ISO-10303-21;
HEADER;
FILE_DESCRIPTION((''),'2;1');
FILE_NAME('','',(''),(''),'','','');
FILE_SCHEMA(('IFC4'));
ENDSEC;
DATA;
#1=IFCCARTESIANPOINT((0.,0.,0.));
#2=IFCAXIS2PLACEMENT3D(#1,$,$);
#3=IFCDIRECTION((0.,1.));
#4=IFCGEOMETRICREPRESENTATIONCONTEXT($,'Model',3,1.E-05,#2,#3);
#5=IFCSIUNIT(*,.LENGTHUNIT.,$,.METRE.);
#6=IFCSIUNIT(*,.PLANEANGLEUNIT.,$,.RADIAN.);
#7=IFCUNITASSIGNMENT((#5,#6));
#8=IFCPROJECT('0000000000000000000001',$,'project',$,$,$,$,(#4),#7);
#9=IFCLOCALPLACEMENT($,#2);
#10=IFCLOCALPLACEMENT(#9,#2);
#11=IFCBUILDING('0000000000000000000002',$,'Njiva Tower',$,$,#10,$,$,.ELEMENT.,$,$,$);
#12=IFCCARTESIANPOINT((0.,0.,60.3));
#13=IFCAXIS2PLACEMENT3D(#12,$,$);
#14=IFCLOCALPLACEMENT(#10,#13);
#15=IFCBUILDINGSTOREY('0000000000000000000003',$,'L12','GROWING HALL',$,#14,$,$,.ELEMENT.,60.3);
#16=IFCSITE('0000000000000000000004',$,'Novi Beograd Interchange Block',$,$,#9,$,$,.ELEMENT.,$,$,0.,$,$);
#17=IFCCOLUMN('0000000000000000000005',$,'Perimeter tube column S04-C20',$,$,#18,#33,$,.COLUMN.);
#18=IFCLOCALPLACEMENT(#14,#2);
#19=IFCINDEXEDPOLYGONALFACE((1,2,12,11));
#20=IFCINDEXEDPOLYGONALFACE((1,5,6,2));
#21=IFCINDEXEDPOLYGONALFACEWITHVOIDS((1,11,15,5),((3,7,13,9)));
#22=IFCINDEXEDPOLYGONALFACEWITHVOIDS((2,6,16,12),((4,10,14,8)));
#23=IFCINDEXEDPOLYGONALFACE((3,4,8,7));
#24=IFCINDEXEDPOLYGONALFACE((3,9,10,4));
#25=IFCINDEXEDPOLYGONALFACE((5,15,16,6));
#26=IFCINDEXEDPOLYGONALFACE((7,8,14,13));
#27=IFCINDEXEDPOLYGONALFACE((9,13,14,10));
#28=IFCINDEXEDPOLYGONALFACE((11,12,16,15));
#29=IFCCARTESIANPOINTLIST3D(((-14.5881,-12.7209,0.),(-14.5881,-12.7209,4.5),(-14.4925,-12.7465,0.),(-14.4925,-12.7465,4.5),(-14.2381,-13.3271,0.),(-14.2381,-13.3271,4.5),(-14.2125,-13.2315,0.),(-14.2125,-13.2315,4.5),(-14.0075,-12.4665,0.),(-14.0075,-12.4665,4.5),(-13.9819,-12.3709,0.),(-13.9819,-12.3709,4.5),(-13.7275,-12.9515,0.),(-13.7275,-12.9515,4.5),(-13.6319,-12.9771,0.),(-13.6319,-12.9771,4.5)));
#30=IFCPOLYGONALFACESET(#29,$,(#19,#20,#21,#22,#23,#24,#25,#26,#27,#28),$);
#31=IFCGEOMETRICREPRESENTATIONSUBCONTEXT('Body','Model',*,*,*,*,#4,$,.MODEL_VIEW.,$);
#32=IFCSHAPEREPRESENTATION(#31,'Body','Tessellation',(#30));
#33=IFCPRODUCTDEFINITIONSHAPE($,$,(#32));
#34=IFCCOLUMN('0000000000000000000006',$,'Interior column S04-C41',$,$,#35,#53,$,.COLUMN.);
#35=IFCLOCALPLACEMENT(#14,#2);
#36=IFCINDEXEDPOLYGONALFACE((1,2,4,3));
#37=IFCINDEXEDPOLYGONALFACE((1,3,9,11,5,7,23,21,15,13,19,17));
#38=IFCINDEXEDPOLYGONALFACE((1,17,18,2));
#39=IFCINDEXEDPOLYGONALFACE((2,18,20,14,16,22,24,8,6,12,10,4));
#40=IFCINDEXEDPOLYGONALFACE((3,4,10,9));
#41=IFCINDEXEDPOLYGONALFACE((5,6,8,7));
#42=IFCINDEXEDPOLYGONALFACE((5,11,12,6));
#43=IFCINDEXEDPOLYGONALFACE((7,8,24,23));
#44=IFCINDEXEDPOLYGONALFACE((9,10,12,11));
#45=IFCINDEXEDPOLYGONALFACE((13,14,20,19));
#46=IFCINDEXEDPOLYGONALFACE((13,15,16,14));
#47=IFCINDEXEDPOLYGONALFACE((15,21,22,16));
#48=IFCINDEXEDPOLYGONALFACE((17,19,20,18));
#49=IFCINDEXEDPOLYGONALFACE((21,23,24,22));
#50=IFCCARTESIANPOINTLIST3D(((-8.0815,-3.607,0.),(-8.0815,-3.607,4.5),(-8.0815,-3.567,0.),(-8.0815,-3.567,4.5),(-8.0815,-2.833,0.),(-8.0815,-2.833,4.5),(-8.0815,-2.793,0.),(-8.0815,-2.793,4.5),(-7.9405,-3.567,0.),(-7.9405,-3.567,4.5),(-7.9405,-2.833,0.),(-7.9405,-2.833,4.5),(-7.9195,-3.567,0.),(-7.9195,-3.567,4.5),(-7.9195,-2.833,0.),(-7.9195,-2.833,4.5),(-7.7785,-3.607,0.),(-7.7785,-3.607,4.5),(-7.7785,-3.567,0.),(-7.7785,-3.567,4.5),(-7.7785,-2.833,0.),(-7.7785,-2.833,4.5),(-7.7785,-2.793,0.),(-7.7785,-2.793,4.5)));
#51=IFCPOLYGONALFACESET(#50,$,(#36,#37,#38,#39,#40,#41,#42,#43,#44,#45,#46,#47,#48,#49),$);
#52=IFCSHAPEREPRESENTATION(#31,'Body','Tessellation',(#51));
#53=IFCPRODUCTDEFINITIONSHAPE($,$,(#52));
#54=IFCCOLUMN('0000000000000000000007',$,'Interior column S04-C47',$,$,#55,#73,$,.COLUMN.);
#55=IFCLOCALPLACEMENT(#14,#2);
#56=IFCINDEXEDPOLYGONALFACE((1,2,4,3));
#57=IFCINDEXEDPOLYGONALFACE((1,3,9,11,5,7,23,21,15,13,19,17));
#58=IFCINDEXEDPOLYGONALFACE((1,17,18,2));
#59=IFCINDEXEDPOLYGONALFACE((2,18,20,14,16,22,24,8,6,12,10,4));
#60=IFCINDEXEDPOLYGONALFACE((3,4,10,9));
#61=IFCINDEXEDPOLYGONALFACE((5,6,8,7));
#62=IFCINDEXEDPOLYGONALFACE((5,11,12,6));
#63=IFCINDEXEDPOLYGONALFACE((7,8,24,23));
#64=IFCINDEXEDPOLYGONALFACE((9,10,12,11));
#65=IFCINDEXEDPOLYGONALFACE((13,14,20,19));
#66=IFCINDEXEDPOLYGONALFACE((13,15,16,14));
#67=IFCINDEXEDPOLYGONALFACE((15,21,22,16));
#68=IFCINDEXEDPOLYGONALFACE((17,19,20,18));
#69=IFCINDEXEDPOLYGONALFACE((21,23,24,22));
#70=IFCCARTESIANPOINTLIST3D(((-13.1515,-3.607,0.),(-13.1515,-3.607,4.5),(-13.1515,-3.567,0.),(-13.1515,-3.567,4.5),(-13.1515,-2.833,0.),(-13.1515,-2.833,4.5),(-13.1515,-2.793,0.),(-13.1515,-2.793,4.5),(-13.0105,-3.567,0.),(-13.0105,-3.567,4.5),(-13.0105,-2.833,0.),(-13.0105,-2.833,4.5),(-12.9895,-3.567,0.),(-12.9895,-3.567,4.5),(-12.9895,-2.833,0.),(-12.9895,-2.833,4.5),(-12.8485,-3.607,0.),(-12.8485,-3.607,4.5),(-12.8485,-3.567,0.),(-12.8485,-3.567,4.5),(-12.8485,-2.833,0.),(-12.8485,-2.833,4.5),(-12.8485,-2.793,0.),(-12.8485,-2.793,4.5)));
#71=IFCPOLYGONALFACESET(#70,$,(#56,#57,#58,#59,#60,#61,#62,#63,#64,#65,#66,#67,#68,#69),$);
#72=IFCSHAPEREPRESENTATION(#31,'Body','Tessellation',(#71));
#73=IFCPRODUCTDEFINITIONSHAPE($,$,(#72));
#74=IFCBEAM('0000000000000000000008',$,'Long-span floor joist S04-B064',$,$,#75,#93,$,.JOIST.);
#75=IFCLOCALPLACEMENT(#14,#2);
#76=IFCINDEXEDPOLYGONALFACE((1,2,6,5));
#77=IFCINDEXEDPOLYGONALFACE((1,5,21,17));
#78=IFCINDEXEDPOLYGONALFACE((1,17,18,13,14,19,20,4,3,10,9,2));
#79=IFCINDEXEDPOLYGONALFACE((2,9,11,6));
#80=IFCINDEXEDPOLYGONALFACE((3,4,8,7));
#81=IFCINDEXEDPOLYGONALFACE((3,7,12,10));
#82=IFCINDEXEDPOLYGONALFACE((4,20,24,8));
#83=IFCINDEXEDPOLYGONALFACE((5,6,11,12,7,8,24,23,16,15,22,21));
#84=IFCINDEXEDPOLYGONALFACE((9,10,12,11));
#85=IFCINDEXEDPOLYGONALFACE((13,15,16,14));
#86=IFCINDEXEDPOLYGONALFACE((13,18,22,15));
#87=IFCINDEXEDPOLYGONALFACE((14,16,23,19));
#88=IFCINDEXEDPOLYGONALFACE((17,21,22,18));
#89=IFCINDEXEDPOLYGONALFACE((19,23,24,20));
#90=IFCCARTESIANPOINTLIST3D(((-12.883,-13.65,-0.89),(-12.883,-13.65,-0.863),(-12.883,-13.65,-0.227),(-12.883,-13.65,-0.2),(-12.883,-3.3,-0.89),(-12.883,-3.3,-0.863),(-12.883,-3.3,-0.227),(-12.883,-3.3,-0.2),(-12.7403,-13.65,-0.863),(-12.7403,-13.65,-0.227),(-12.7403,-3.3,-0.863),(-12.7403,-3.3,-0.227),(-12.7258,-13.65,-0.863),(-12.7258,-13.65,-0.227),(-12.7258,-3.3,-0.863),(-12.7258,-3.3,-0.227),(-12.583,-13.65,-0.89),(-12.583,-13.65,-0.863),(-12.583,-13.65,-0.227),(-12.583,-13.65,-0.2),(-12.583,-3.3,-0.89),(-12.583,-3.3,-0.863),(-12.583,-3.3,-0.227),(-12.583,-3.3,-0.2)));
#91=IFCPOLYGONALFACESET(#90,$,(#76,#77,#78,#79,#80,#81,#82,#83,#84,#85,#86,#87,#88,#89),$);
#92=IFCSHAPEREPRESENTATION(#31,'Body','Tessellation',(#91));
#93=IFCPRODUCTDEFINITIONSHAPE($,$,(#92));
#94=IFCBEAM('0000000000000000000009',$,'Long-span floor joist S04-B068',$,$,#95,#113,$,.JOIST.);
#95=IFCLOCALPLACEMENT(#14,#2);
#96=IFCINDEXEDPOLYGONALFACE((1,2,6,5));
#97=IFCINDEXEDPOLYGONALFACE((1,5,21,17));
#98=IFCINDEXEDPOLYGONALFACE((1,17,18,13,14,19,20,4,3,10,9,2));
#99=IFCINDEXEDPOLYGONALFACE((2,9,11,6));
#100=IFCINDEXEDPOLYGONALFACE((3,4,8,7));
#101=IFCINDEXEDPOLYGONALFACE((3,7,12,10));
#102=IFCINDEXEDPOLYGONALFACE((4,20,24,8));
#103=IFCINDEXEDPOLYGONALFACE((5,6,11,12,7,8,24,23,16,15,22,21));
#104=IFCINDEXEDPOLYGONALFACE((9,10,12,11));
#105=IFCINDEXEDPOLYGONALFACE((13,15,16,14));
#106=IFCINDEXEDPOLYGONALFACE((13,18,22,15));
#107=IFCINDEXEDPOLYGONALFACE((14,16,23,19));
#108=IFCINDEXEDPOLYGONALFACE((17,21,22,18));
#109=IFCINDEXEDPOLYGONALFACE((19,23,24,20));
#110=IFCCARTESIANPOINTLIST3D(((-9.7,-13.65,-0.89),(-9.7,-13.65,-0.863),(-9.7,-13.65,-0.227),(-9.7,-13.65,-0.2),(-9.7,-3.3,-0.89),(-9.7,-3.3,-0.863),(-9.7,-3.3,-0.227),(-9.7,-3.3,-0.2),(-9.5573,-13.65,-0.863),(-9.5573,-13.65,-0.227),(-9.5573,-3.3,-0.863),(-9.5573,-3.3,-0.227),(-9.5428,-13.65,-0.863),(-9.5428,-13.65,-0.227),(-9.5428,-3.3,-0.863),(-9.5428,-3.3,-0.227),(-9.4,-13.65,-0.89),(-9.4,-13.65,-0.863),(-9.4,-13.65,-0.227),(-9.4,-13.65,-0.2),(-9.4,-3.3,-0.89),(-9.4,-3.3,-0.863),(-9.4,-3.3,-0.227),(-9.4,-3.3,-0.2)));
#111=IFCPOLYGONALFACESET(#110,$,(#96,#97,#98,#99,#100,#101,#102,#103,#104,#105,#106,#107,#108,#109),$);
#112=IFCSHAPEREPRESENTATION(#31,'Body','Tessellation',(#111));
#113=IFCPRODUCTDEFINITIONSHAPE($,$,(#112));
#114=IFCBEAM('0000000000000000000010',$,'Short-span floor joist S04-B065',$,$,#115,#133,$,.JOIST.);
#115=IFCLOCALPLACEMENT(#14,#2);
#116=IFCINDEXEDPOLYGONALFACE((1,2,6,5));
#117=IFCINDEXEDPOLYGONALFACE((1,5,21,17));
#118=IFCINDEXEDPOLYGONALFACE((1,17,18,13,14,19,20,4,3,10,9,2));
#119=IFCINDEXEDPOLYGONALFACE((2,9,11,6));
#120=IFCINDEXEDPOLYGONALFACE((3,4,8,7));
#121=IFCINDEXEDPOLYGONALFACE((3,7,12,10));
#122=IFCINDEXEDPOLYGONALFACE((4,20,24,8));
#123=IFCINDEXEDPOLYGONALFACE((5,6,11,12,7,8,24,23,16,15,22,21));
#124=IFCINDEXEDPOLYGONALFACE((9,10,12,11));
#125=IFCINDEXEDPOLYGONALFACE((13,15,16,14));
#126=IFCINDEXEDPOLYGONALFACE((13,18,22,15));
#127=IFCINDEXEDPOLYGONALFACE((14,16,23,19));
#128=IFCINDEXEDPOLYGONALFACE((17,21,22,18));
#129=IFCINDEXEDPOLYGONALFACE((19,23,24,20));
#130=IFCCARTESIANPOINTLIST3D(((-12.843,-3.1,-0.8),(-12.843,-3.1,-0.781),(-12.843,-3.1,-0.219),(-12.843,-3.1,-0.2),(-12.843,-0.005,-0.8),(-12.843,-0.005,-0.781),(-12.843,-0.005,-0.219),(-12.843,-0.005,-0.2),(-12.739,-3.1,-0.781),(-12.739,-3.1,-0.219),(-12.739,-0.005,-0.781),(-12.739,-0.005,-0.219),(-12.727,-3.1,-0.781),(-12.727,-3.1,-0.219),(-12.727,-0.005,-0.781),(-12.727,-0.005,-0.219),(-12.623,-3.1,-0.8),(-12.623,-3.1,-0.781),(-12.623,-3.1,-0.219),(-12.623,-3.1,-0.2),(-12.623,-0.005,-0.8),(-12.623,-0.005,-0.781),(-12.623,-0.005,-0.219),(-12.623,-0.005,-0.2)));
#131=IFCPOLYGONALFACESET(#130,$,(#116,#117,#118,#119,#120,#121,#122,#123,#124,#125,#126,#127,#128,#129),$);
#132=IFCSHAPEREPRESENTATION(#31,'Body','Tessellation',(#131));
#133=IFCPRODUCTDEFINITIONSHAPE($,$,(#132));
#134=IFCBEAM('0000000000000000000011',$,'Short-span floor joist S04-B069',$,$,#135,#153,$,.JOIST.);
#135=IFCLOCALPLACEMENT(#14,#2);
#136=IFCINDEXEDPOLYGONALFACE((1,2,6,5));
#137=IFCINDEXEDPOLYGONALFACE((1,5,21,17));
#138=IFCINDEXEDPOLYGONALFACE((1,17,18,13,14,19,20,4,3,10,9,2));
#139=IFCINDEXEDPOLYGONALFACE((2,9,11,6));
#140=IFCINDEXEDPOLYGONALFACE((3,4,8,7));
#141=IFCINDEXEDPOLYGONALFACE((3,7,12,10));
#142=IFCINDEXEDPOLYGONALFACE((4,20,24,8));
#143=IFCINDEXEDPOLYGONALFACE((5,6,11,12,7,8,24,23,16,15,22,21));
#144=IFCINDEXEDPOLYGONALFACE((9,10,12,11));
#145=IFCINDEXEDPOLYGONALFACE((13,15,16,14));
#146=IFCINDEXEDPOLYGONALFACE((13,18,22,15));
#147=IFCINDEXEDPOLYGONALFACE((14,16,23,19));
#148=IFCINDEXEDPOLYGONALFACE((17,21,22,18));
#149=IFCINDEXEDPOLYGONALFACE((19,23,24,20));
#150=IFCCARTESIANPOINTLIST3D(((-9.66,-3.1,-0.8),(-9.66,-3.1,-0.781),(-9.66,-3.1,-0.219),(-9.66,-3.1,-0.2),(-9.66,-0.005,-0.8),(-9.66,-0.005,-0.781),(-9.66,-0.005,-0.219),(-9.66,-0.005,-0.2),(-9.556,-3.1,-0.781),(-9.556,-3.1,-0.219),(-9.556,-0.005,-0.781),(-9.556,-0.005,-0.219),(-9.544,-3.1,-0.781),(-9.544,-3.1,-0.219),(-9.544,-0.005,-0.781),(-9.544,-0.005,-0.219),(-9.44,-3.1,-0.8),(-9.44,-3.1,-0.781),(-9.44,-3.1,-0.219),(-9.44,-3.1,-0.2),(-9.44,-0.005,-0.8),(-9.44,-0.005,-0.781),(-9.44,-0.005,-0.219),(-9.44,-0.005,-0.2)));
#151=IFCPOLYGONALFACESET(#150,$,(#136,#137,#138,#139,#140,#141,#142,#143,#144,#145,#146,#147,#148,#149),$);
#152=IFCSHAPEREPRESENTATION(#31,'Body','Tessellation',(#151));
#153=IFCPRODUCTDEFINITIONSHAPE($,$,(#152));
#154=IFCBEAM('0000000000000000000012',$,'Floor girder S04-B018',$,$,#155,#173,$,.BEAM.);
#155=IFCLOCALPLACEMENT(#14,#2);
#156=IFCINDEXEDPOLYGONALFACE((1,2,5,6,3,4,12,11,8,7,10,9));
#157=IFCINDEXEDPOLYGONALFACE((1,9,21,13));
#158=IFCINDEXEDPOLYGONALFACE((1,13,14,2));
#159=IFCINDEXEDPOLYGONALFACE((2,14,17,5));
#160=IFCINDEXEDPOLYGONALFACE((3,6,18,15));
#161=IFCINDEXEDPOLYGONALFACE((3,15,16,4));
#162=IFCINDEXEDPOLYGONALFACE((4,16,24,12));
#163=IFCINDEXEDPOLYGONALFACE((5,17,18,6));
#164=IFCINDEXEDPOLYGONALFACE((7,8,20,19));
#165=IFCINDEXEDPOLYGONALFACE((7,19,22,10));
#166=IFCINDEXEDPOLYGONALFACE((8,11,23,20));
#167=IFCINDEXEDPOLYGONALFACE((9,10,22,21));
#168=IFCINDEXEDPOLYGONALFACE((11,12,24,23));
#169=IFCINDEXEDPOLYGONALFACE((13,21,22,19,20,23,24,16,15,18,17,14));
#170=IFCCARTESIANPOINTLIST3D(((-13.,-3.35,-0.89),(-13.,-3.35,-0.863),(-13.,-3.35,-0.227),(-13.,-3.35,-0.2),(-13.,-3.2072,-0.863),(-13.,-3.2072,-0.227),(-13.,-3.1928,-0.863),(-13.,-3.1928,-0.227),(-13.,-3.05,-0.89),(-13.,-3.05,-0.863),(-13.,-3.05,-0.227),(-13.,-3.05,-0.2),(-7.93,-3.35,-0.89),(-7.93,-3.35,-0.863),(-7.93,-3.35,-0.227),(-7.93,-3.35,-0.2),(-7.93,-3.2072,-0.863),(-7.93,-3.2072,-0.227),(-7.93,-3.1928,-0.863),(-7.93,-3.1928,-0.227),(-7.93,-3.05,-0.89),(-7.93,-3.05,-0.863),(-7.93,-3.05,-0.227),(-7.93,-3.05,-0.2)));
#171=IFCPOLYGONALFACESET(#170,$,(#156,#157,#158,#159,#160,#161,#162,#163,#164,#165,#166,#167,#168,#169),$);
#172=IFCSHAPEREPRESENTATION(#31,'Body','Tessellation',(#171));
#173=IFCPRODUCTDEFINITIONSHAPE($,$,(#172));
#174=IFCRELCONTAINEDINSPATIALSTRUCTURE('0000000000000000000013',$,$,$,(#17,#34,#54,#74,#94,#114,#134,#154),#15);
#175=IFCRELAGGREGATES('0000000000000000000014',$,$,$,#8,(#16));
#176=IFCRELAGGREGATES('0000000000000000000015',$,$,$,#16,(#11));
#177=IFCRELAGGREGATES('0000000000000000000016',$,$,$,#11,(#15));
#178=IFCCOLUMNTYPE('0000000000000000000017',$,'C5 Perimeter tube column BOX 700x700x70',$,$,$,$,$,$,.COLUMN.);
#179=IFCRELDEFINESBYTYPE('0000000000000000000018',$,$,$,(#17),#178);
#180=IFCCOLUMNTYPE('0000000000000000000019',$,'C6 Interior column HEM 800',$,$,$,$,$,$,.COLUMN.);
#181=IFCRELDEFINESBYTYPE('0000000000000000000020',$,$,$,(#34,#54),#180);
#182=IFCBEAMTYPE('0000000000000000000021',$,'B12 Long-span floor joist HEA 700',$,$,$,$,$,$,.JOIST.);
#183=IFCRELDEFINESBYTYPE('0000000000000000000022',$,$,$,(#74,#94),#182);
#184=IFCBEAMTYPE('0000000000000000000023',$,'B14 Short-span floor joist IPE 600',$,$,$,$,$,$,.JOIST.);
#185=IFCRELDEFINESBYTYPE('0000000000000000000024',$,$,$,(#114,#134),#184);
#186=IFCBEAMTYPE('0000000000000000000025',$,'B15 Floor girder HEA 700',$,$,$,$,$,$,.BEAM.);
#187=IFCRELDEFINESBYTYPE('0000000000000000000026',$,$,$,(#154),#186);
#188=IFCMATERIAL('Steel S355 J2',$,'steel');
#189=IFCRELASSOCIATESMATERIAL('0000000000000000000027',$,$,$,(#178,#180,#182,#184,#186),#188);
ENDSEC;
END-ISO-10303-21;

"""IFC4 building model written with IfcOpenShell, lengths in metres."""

from ifc_helpers import new_model, si_unit, direction, frame, origin, origin_2d, place, context, subcontext, project, spatial, hollow_rectangle, i_section, extrude, material, material_profile, profile_set, type_object, element, save


model = new_model("IFC4")

# Units and contexts
model_context = context("Model", 3, precision=1e-05, world=origin(), true_north=direction((0.0, 1.0)))
body_context = subcontext(model_context, "Body", "Model", "MODEL_VIEW")
ifc_project = project(units=[si_unit("LENGTHUNIT", "METRE"), si_unit("PLANEANGLEUNIT", "RADIAN")], contexts=[model_context])

# Site, building, storey
site_placement = place(None, origin())
site = spatial("IfcSite", under=ifc_project, at=site_placement, Name="Novi Beograd Interchange Block", CompositionType="ELEMENT", RefElevation=0.0)
building_placement = place(site_placement, origin())
building = spatial("IfcBuilding", under=site, at=building_placement, Name="Njiva Tower", CompositionType="ELEMENT")
storey_placement = place(building_placement, frame((0.0, 0.0, 60.3)))
storey = spatial("IfcBuildingStorey", under=building, at=storey_placement, Name="L12", Description="GROWING HALL", CompositionType="ELEMENT", Elevation=60.3)

# Columns
ifc_material_1 = material(Name="Steel S355 J2", Category="steel")
ifc_material_profile_1 = material_profile(ifc_material_1, hollow_rectangle(XDim=0.7, YDim=0.7, WallThickness=0.07, at=origin_2d()), Name="BOX 700x700x70")
ifc_profile_set_1 = profile_set([ifc_material_profile_1], Name="Steel S355 J2")
column_type_1 = type_object("IfcColumnType", Name="C5 Perimeter tube column BOX 700x700x70", PredefinedType="COLUMN", material=ifc_profile_set_1)
column_placement = place(storey_placement, frame((-14.11, -12.849, 0.0), z_axis=(0.0, 0.0, 1.0), x_axis=(0.5, -0.866025, 0.0)))
element("IfcColumn", 1, at=column_placement, inside=storey, type_object=column_type_1, Name="Perimeter tube column S04-C20", PredefinedType="COLUMN", context=body_context, shape_type="SweptSolid", body=[
    extrude(hollow_rectangle(XDim=0.7, YDim=0.7, WallThickness=0.07, at=origin_2d()), origin(), (0.0, 0.0, 1.0), 4.5),
])
ifc_material_profile_2 = material_profile(ifc_material_1, i_section(OverallWidth=0.303, OverallDepth=0.814, WebThickness=0.021, FlangeThickness=0.04, at=origin_2d()), Name="HEM 800")
ifc_profile_set_2 = profile_set([ifc_material_profile_2], Name="Steel S355 J2")
column_type_2 = type_object("IfcColumnType", Name="C6 Interior column HEM 800", PredefinedType="COLUMN", material=ifc_profile_set_2)
for number, where, z_axis, x_axis, name in (
    (2, (-7.93, -3.2, 0.0), (0.0, 0.0, 1.0), (1.0, 0.0, 0.0), "Interior column S04-C41"),
    (3, (-13.0, -3.2, 0.0), (0.0, 0.0, 1.0), (1.0, 0.0, 0.0), "Interior column S04-C47"),
):
    element("IfcColumn", number, at=place(storey_placement, frame(where, z_axis=z_axis, x_axis=x_axis)), inside=storey, type_object=column_type_2, Name=name, PredefinedType="COLUMN", context=body_context, shape_type="SweptSolid", body=[
        extrude(i_section(OverallWidth=0.303, OverallDepth=0.814, WebThickness=0.021, FlangeThickness=0.04, at=origin_2d()), origin(), (0.0, 0.0, 1.0), 4.5),
    ])

# Beams
ifc_material_profile_3 = material_profile(ifc_material_1, i_section(OverallWidth=0.3, OverallDepth=0.69, WebThickness=0.0145, FlangeThickness=0.027, at=origin_2d()), Name="HEA 700")
ifc_profile_set_3 = profile_set([ifc_material_profile_3], Name="Steel S355 J2")
beam_type_1 = type_object("IfcBeamType", Name="B12 Long-span floor joist HEA 700", PredefinedType="JOIST", material=ifc_profile_set_3)
for number, where, z_axis, x_axis, name in (
    (4, (-12.733, -3.3, -0.545), (0.0, -1.0, 0.0), (1.0, 0.0, 0.0), "Long-span floor joist S04-B064"),
    (5, (-9.55, -3.3, -0.545), (0.0, -1.0, 0.0), (1.0, 0.0, 0.0), "Long-span floor joist S04-B068"),
):
    element("IfcBeam", number, at=place(storey_placement, frame(where, z_axis=z_axis, x_axis=x_axis)), inside=storey, type_object=beam_type_1, Name=name, PredefinedType="JOIST", context=body_context, shape_type="SweptSolid", body=[
        extrude(i_section(OverallWidth=0.3, OverallDepth=0.69, WebThickness=0.0145, FlangeThickness=0.027, at=origin_2d()), origin(), (0.0, 0.0, 1.0), 10.35),
    ])
ifc_material_profile_4 = material_profile(ifc_material_1, i_section(OverallWidth=0.22, OverallDepth=0.6, WebThickness=0.012, FlangeThickness=0.019, at=origin_2d()), Name="IPE 600")
ifc_profile_set_4 = profile_set([ifc_material_profile_4], Name="Steel S355 J2")
beam_type_2 = type_object("IfcBeamType", Name="B14 Short-span floor joist IPE 600", PredefinedType="JOIST", material=ifc_profile_set_4)
for number, where, z_axis, x_axis, name in (
    (6, (-12.733, -0.005, -0.5), (0.0, -1.0, 0.0), (1.0, 0.0, 0.0), "Short-span floor joist S04-B065"),
    (7, (-9.55, -0.005, -0.5), (0.0, -1.0, 0.0), (1.0, 0.0, 0.0), "Short-span floor joist S04-B069"),
):
    element("IfcBeam", number, at=place(storey_placement, frame(where, z_axis=z_axis, x_axis=x_axis)), inside=storey, type_object=beam_type_2, Name=name, PredefinedType="JOIST", context=body_context, shape_type="SweptSolid", body=[
        extrude(i_section(OverallWidth=0.22, OverallDepth=0.6, WebThickness=0.012, FlangeThickness=0.019, at=origin_2d()), origin(), (0.0, 0.0, 1.0), 3.095),
    ])
ifc_material_profile_5 = material_profile(ifc_material_1, i_section(OverallWidth=0.3, OverallDepth=0.69, WebThickness=0.0145, FlangeThickness=0.027, at=origin_2d()), Name="HEA 700")
ifc_profile_set_5 = profile_set([ifc_material_profile_5], Name="Steel S355 J2")
beam_type_3 = type_object("IfcBeamType", Name="B15 Floor girder HEA 700", PredefinedType="BEAM", material=ifc_profile_set_5)
beam_1_placement = place(storey_placement, frame((-13.0, -3.2, -0.545), z_axis=(1.0, 0.0, 0.0), x_axis=(0.0, 1.0, 0.0)))
element("IfcBeam", 8, at=beam_1_placement, inside=storey, type_object=beam_type_3, Name="Floor girder S04-B018", PredefinedType="BEAM", context=body_context, shape_type="SweptSolid", body=[
    extrude(i_section(OverallWidth=0.3, OverallDepth=0.69, WebThickness=0.0145, FlangeThickness=0.027, at=origin_2d()), origin(), (0.0, 0.0, 1.0), 5.07),
])

save(model, "model.ifc")
